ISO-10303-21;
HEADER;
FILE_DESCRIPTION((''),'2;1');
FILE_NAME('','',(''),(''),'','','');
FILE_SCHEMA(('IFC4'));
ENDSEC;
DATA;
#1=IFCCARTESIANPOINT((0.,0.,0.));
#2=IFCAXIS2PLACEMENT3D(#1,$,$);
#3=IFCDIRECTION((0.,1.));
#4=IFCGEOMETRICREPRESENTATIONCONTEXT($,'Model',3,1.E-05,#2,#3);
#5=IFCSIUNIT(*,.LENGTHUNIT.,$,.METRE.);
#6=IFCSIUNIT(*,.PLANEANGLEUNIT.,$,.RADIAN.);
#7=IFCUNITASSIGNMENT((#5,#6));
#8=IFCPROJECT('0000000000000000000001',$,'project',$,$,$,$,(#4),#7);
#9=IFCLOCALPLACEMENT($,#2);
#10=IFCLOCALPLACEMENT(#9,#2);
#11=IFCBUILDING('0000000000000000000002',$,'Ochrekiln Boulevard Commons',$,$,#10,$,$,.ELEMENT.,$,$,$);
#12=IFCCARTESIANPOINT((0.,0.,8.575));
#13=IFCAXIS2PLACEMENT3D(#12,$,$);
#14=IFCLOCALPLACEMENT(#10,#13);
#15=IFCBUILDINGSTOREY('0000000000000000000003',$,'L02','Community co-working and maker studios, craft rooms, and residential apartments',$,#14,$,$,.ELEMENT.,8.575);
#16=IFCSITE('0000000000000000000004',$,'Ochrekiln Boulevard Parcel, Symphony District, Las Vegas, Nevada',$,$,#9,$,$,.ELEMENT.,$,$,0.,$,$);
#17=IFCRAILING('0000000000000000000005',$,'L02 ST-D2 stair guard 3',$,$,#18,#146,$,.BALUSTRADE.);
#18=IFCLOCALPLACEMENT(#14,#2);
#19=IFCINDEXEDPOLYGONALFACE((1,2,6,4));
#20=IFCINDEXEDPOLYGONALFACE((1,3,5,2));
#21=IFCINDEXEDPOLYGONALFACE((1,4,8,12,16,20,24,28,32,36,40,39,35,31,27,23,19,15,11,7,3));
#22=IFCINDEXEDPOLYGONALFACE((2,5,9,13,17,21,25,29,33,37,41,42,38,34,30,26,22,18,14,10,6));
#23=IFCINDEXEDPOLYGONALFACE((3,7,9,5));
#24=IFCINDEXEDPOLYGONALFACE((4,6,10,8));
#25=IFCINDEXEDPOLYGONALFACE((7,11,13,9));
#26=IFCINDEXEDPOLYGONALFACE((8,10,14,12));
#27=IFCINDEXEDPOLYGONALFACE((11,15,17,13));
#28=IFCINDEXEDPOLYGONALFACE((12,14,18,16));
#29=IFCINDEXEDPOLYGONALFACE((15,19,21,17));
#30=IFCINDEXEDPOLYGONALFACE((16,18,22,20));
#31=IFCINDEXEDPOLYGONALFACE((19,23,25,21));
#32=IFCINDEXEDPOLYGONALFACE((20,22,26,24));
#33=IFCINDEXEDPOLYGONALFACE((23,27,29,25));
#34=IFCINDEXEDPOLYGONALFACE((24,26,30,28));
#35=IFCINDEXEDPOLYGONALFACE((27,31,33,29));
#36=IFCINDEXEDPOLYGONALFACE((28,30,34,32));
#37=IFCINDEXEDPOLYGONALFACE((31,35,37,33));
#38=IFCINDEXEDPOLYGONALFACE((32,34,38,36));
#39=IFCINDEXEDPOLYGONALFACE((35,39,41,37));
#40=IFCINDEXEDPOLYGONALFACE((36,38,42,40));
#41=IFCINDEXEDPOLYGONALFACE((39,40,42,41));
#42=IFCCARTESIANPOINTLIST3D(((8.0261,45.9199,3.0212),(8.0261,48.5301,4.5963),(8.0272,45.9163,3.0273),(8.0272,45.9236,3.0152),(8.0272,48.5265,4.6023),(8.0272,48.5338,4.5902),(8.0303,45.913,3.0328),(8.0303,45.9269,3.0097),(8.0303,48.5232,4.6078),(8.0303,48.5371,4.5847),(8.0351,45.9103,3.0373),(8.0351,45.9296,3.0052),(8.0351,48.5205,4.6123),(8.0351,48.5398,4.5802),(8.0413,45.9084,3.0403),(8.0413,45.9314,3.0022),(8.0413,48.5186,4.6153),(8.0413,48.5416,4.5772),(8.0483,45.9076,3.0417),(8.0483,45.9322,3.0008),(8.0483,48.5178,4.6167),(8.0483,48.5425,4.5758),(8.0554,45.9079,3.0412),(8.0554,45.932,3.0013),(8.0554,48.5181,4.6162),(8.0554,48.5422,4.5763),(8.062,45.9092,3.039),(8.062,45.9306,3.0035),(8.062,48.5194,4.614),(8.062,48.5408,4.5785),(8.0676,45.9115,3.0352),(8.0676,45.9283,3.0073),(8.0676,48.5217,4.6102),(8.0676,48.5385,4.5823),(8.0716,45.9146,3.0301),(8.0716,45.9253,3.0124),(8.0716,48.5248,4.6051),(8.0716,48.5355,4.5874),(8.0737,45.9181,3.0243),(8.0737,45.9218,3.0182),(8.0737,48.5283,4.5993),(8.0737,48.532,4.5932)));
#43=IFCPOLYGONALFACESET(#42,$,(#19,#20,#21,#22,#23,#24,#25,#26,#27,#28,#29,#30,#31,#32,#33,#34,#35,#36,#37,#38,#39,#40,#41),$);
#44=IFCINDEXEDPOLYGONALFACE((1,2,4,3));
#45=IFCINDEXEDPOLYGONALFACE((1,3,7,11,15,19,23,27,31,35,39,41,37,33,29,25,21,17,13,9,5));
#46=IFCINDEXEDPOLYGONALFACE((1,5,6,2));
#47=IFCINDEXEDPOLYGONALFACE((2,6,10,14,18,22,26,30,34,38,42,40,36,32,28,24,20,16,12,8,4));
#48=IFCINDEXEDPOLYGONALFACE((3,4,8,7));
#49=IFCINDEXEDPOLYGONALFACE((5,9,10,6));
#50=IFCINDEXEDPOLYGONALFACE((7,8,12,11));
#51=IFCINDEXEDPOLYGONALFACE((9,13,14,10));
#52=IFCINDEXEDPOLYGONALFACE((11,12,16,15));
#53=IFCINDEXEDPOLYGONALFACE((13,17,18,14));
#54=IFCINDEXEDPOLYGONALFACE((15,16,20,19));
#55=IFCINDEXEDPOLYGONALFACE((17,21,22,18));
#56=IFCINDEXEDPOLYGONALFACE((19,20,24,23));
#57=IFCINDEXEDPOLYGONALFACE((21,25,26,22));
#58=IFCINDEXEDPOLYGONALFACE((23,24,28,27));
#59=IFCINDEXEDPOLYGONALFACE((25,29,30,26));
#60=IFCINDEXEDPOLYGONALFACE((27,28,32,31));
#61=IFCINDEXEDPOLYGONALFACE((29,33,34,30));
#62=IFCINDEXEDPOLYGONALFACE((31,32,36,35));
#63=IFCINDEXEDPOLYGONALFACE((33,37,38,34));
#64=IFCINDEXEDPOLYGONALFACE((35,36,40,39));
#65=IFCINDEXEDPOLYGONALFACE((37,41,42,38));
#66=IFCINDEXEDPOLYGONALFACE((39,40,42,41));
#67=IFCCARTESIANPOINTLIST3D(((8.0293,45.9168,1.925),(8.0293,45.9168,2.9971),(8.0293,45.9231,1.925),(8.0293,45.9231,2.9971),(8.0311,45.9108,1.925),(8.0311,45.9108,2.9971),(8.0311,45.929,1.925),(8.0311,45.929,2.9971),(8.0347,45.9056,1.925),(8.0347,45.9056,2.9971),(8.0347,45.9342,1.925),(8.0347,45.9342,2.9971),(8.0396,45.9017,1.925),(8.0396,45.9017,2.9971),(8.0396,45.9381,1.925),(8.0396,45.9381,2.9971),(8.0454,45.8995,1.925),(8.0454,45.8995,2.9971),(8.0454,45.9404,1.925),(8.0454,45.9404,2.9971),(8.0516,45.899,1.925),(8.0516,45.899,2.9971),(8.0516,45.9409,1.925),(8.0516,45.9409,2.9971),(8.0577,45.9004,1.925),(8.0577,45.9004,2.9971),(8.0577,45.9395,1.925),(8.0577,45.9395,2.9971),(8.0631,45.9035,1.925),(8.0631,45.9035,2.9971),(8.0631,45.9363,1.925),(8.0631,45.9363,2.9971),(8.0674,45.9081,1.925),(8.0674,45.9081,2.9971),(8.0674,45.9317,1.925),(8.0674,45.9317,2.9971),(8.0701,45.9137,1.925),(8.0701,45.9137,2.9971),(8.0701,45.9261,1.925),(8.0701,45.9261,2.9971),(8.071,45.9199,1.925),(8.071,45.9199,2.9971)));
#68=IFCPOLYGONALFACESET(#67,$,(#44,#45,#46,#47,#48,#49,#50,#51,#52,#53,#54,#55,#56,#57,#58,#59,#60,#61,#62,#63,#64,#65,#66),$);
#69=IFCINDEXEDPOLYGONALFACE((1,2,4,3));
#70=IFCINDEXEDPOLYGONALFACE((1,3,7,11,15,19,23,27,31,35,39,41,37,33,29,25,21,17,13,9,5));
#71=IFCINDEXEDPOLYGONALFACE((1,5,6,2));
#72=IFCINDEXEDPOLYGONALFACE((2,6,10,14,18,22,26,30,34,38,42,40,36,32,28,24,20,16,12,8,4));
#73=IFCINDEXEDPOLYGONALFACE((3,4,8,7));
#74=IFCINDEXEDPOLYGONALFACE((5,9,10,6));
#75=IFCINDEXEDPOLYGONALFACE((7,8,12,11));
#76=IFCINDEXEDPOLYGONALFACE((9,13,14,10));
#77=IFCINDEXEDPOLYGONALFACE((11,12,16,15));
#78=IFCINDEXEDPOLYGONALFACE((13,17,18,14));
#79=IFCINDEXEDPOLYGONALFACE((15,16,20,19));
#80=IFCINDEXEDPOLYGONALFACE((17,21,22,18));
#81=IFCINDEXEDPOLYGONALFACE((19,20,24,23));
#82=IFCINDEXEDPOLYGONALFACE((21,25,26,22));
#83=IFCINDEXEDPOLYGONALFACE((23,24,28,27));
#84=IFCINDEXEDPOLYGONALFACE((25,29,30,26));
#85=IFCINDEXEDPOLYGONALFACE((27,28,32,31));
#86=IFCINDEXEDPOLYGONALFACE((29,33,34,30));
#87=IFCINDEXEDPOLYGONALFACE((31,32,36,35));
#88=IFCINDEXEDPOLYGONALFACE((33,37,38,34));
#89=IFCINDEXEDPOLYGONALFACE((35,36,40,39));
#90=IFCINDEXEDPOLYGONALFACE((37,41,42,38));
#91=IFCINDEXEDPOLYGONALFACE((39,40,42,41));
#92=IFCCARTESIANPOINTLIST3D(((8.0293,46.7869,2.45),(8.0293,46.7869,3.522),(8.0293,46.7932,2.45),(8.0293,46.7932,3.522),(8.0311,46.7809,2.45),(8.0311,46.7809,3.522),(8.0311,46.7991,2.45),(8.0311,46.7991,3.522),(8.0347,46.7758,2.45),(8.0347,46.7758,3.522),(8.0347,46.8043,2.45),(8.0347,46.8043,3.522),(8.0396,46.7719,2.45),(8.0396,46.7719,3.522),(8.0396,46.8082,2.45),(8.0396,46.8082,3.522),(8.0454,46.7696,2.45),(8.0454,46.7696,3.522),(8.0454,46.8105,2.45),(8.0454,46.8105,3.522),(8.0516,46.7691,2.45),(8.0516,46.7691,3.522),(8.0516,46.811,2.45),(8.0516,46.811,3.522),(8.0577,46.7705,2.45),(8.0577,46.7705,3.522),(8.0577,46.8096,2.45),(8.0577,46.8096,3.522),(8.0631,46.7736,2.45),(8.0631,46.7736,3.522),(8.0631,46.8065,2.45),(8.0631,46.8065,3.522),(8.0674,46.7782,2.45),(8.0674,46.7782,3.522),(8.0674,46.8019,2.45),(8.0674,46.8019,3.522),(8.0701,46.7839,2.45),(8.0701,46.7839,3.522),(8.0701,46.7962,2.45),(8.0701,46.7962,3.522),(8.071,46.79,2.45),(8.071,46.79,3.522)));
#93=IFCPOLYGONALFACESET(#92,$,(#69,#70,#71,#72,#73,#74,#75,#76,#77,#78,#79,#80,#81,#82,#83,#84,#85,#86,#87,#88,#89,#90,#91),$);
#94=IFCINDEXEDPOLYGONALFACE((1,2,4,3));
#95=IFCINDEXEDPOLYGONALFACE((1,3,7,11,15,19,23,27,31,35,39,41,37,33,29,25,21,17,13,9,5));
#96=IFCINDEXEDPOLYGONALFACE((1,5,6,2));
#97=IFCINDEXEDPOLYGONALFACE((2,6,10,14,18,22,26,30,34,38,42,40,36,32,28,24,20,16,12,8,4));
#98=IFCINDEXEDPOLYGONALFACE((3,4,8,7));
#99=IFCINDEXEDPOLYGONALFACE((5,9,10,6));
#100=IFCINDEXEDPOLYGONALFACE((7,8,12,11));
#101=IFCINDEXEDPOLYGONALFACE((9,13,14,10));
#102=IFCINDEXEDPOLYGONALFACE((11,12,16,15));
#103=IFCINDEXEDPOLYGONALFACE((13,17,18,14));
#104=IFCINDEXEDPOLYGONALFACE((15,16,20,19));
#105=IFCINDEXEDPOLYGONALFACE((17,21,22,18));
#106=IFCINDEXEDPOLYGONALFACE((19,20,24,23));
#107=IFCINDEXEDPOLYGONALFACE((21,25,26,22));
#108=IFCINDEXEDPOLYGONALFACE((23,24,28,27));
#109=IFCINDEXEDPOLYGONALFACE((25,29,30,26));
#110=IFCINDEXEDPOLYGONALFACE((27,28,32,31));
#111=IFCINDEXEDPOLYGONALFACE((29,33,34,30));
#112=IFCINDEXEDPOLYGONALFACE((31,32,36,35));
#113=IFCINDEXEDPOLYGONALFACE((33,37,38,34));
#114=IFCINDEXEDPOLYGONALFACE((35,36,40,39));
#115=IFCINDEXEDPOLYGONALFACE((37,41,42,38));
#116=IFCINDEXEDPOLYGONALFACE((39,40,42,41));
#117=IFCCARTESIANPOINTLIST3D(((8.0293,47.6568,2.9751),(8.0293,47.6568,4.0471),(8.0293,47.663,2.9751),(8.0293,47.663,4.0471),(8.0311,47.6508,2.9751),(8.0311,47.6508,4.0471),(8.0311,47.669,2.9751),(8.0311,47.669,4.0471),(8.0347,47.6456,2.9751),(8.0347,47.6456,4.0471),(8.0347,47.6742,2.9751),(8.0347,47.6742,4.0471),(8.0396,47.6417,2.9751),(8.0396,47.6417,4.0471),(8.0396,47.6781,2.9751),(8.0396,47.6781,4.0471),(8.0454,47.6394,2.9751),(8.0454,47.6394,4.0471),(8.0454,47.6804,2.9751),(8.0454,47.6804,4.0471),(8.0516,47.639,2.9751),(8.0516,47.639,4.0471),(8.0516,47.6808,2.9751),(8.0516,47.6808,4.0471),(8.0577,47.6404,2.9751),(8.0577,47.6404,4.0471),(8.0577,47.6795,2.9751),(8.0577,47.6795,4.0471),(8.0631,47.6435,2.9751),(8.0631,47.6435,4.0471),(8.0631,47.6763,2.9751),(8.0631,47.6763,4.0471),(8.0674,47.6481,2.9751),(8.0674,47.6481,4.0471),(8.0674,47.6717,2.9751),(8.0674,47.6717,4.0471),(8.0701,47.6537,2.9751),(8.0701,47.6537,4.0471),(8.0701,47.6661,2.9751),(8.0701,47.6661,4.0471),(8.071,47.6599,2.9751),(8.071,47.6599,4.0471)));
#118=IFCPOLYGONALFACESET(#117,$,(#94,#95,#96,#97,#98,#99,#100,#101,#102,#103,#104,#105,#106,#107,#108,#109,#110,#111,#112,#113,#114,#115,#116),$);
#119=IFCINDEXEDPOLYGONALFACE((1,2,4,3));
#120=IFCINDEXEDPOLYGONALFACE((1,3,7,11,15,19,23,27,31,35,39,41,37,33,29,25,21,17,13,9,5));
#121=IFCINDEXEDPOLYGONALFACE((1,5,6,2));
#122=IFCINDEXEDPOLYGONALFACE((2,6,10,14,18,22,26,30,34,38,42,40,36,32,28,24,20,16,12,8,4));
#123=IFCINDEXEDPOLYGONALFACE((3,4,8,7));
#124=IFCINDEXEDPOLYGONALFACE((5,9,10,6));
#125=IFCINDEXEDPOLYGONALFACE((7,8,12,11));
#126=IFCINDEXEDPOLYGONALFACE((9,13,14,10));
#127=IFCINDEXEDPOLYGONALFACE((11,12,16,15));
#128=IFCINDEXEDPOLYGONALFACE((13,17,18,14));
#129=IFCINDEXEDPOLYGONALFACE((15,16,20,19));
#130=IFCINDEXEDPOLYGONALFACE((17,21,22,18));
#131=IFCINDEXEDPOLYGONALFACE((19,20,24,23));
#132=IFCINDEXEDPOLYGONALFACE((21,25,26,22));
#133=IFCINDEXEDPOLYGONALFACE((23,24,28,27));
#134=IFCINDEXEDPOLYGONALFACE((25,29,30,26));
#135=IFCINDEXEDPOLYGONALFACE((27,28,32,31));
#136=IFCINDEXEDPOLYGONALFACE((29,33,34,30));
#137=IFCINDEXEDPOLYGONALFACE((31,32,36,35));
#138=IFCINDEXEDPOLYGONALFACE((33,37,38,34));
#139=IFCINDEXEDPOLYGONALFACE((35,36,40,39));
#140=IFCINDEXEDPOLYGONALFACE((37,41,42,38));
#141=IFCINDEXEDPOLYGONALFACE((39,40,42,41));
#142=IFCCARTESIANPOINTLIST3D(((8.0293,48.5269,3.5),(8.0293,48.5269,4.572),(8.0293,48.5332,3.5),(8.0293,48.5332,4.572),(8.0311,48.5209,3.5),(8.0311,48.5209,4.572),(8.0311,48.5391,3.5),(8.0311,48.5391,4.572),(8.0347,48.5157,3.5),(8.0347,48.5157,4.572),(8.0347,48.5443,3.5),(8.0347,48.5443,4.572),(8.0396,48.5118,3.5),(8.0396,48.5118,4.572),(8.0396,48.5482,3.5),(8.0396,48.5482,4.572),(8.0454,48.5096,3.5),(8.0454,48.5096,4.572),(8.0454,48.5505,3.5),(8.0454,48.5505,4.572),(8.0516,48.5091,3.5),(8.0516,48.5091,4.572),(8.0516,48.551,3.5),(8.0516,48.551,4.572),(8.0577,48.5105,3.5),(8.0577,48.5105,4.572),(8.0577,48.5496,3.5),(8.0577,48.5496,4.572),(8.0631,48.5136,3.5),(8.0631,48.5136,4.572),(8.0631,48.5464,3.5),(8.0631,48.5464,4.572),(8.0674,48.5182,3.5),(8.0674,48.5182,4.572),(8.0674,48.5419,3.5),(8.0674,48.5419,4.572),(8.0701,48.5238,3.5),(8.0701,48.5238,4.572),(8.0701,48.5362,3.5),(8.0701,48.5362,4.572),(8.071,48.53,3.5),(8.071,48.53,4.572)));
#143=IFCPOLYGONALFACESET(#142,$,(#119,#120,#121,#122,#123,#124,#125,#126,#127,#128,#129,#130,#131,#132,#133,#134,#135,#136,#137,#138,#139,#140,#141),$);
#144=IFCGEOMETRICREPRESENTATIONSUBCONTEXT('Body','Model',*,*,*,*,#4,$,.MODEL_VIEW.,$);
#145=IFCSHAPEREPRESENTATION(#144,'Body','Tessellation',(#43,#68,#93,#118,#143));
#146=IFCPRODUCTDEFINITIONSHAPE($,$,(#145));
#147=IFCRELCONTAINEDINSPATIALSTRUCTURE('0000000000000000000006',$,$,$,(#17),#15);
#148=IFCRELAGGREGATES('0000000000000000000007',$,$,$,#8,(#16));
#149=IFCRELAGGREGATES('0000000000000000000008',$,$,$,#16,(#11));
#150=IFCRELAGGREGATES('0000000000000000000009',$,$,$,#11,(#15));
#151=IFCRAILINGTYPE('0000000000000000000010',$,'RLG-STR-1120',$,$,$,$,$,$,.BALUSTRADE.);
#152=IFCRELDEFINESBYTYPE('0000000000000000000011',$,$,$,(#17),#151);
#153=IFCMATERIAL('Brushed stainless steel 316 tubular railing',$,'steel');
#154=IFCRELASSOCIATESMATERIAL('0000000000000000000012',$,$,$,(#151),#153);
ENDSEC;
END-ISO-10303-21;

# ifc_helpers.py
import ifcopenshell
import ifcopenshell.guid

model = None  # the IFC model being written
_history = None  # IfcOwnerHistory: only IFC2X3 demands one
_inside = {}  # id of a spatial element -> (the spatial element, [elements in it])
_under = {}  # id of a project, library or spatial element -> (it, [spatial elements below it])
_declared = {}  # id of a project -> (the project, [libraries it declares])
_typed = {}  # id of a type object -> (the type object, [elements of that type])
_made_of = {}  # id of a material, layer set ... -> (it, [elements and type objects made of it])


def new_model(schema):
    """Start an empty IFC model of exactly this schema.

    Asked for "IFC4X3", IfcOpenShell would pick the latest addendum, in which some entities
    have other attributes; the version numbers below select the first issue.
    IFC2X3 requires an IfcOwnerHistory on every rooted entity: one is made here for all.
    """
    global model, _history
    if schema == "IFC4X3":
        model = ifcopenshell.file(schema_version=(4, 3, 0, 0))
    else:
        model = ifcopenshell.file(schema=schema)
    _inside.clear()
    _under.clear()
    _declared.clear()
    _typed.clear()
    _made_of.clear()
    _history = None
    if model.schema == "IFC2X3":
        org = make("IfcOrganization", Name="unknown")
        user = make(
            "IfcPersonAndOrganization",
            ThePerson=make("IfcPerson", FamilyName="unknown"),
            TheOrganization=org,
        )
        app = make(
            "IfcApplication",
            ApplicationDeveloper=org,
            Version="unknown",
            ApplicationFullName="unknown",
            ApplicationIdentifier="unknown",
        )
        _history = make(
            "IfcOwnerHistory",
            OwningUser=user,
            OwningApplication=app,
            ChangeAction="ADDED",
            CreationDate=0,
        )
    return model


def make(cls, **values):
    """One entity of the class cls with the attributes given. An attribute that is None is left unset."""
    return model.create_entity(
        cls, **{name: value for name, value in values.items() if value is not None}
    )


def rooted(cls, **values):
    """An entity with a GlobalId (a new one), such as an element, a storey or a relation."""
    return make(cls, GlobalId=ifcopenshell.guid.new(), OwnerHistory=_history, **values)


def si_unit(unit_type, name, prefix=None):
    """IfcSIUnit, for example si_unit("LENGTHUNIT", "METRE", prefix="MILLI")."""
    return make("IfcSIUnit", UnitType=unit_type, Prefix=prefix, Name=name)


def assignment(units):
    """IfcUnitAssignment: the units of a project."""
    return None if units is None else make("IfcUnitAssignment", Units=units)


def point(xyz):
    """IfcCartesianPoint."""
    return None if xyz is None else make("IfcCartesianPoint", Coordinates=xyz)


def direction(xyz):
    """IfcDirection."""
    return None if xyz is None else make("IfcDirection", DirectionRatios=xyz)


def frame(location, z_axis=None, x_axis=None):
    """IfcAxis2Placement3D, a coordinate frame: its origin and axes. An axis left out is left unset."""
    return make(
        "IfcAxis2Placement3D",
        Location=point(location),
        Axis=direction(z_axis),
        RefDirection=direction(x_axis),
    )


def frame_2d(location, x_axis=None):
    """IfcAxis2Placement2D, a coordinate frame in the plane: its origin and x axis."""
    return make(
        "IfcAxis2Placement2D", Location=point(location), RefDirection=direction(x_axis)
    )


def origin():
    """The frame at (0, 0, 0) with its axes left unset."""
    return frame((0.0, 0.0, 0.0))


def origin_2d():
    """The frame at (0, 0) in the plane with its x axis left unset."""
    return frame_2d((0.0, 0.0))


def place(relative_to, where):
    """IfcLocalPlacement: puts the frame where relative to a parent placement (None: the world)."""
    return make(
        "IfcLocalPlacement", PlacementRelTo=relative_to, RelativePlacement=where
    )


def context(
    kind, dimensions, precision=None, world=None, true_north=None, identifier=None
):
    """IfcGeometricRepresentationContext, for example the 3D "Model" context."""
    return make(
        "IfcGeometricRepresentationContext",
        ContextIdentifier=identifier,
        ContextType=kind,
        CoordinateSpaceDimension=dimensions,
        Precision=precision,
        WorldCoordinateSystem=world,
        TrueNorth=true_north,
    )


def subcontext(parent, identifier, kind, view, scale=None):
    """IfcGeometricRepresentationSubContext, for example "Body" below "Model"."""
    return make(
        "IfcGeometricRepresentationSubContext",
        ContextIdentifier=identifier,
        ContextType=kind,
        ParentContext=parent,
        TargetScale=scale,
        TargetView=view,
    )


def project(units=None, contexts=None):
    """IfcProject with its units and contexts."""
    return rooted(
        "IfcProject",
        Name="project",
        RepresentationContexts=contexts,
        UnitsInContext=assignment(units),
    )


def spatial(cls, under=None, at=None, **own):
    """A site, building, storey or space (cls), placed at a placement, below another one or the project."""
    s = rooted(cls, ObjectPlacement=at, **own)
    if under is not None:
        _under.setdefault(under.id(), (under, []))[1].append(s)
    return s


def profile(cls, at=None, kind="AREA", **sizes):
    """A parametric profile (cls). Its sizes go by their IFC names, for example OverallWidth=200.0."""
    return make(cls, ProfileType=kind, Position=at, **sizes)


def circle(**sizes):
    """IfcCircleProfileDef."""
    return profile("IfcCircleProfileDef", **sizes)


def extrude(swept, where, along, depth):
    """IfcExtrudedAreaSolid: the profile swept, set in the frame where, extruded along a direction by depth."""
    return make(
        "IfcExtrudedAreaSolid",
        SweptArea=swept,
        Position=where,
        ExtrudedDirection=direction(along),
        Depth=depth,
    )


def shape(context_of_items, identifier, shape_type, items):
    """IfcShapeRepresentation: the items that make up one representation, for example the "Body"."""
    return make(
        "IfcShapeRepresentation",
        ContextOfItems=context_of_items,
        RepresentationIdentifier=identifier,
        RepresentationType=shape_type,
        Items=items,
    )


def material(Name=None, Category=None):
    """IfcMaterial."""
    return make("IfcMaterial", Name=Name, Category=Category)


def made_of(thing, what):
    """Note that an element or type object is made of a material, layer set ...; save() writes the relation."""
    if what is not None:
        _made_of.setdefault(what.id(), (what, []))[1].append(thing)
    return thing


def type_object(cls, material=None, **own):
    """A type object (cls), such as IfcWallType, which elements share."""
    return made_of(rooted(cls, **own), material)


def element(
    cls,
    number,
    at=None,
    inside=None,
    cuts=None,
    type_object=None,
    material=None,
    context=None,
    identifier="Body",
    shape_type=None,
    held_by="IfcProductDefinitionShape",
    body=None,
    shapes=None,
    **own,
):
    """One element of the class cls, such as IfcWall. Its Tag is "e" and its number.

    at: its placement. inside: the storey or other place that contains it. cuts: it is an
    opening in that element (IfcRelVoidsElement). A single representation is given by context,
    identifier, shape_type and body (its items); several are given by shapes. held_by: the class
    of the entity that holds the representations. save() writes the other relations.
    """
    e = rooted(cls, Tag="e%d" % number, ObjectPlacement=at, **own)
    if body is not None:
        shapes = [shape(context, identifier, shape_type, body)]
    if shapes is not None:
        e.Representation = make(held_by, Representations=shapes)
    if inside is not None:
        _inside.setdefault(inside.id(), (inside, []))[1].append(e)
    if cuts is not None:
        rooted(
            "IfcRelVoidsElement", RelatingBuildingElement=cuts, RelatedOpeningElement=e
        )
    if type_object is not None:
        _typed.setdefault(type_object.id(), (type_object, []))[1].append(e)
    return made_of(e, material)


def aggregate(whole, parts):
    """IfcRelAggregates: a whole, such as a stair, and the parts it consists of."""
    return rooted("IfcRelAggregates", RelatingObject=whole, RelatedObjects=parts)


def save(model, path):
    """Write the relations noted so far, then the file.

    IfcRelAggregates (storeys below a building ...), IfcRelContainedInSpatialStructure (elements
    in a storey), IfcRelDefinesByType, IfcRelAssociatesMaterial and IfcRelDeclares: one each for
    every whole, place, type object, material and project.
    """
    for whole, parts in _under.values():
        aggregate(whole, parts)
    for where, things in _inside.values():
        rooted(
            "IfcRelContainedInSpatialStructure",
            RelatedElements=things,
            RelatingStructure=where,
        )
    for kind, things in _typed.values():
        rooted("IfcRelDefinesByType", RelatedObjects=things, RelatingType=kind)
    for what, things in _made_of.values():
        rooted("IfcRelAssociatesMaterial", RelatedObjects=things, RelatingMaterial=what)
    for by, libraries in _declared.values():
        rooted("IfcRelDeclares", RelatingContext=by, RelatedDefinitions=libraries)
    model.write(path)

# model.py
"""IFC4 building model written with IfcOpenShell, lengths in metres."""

from ifc_helpers import new_model, si_unit, direction, frame, origin, origin_2d, place, context, subcontext, project, spatial, circle, extrude, material, type_object, element, save


model = new_model("IFC4")

# Units and contexts
model_context = context("Model", 3, precision=1e-05, world=origin(), true_north=direction((0.0, 1.0)))
body_context = subcontext(model_context, "Body", "Model", "MODEL_VIEW")
ifc_project = project(units=[si_unit("LENGTHUNIT", "METRE"), si_unit("PLANEANGLEUNIT", "RADIAN")], contexts=[model_context])

# Site, building, storey
site_placement = place(None, origin())
site = spatial("IfcSite", under=ifc_project, at=site_placement, Name="Ochrekiln Boulevard Parcel, Symphony District, Las Vegas, Nevada", CompositionType="ELEMENT", RefElevation=0.0)
building_placement = place(site_placement, origin())
building = spatial("IfcBuilding", under=site, at=building_placement, Name="Ochrekiln Boulevard Commons", CompositionType="ELEMENT")
storey_placement = place(building_placement, frame((0.0, 0.0, 8.575)))
storey = spatial("IfcBuildingStorey", under=building, at=storey_placement, Name="L02", Description="Community co-working and maker studios, craft rooms, and residential apartments", CompositionType="ELEMENT", Elevation=8.575)

# Railing
ifc_material_1 = material(Name="Brushed stainless steel 316 tubular railing", Category="steel")
railing_type_1 = type_object("IfcRailingType", Name="RLG-STR-1120", PredefinedType="BALUSTRADE", material=ifc_material_1)
railing_1_placement = place(storey_placement, frame((8.05, 45.9199, 1.925)))
element("IfcRailing", 1, at=railing_1_placement, inside=storey, type_object=railing_type_1, Name="L02 ST-D2 stair guard 3", PredefinedType="BALUSTRADE", context=body_context, shape_type="SweptSolid", body=[
    extrude(circle(Radius=0.0239, at=origin_2d()), frame((0.0, 0.0, 1.0962), z_axis=(0.0, 0.856204, 0.516638), x_axis=(-1.0, 0.0, 0.0)), (0.0, 0.0, 1.0), 3.0486),
    extrude(circle(Radius=0.021, at=origin_2d()), origin(), (0.0, 0.0, 1.0), 1.072),
    extrude(circle(Radius=0.021, at=origin_2d()), frame((0.0, 0.8701, 0.5249)), (0.0, 0.0, 1.0), 1.072),
    extrude(circle(Radius=0.021, at=origin_2d()), frame((0.0, 1.74, 1.05)), (0.0, 0.0, 1.0), 1.072),
    extrude(circle(Radius=0.021, at=origin_2d()), frame((0.0, 2.6101, 1.575)), (0.0, 0.0, 1.0), 1.072),
])

save(model, "model.ifc")
